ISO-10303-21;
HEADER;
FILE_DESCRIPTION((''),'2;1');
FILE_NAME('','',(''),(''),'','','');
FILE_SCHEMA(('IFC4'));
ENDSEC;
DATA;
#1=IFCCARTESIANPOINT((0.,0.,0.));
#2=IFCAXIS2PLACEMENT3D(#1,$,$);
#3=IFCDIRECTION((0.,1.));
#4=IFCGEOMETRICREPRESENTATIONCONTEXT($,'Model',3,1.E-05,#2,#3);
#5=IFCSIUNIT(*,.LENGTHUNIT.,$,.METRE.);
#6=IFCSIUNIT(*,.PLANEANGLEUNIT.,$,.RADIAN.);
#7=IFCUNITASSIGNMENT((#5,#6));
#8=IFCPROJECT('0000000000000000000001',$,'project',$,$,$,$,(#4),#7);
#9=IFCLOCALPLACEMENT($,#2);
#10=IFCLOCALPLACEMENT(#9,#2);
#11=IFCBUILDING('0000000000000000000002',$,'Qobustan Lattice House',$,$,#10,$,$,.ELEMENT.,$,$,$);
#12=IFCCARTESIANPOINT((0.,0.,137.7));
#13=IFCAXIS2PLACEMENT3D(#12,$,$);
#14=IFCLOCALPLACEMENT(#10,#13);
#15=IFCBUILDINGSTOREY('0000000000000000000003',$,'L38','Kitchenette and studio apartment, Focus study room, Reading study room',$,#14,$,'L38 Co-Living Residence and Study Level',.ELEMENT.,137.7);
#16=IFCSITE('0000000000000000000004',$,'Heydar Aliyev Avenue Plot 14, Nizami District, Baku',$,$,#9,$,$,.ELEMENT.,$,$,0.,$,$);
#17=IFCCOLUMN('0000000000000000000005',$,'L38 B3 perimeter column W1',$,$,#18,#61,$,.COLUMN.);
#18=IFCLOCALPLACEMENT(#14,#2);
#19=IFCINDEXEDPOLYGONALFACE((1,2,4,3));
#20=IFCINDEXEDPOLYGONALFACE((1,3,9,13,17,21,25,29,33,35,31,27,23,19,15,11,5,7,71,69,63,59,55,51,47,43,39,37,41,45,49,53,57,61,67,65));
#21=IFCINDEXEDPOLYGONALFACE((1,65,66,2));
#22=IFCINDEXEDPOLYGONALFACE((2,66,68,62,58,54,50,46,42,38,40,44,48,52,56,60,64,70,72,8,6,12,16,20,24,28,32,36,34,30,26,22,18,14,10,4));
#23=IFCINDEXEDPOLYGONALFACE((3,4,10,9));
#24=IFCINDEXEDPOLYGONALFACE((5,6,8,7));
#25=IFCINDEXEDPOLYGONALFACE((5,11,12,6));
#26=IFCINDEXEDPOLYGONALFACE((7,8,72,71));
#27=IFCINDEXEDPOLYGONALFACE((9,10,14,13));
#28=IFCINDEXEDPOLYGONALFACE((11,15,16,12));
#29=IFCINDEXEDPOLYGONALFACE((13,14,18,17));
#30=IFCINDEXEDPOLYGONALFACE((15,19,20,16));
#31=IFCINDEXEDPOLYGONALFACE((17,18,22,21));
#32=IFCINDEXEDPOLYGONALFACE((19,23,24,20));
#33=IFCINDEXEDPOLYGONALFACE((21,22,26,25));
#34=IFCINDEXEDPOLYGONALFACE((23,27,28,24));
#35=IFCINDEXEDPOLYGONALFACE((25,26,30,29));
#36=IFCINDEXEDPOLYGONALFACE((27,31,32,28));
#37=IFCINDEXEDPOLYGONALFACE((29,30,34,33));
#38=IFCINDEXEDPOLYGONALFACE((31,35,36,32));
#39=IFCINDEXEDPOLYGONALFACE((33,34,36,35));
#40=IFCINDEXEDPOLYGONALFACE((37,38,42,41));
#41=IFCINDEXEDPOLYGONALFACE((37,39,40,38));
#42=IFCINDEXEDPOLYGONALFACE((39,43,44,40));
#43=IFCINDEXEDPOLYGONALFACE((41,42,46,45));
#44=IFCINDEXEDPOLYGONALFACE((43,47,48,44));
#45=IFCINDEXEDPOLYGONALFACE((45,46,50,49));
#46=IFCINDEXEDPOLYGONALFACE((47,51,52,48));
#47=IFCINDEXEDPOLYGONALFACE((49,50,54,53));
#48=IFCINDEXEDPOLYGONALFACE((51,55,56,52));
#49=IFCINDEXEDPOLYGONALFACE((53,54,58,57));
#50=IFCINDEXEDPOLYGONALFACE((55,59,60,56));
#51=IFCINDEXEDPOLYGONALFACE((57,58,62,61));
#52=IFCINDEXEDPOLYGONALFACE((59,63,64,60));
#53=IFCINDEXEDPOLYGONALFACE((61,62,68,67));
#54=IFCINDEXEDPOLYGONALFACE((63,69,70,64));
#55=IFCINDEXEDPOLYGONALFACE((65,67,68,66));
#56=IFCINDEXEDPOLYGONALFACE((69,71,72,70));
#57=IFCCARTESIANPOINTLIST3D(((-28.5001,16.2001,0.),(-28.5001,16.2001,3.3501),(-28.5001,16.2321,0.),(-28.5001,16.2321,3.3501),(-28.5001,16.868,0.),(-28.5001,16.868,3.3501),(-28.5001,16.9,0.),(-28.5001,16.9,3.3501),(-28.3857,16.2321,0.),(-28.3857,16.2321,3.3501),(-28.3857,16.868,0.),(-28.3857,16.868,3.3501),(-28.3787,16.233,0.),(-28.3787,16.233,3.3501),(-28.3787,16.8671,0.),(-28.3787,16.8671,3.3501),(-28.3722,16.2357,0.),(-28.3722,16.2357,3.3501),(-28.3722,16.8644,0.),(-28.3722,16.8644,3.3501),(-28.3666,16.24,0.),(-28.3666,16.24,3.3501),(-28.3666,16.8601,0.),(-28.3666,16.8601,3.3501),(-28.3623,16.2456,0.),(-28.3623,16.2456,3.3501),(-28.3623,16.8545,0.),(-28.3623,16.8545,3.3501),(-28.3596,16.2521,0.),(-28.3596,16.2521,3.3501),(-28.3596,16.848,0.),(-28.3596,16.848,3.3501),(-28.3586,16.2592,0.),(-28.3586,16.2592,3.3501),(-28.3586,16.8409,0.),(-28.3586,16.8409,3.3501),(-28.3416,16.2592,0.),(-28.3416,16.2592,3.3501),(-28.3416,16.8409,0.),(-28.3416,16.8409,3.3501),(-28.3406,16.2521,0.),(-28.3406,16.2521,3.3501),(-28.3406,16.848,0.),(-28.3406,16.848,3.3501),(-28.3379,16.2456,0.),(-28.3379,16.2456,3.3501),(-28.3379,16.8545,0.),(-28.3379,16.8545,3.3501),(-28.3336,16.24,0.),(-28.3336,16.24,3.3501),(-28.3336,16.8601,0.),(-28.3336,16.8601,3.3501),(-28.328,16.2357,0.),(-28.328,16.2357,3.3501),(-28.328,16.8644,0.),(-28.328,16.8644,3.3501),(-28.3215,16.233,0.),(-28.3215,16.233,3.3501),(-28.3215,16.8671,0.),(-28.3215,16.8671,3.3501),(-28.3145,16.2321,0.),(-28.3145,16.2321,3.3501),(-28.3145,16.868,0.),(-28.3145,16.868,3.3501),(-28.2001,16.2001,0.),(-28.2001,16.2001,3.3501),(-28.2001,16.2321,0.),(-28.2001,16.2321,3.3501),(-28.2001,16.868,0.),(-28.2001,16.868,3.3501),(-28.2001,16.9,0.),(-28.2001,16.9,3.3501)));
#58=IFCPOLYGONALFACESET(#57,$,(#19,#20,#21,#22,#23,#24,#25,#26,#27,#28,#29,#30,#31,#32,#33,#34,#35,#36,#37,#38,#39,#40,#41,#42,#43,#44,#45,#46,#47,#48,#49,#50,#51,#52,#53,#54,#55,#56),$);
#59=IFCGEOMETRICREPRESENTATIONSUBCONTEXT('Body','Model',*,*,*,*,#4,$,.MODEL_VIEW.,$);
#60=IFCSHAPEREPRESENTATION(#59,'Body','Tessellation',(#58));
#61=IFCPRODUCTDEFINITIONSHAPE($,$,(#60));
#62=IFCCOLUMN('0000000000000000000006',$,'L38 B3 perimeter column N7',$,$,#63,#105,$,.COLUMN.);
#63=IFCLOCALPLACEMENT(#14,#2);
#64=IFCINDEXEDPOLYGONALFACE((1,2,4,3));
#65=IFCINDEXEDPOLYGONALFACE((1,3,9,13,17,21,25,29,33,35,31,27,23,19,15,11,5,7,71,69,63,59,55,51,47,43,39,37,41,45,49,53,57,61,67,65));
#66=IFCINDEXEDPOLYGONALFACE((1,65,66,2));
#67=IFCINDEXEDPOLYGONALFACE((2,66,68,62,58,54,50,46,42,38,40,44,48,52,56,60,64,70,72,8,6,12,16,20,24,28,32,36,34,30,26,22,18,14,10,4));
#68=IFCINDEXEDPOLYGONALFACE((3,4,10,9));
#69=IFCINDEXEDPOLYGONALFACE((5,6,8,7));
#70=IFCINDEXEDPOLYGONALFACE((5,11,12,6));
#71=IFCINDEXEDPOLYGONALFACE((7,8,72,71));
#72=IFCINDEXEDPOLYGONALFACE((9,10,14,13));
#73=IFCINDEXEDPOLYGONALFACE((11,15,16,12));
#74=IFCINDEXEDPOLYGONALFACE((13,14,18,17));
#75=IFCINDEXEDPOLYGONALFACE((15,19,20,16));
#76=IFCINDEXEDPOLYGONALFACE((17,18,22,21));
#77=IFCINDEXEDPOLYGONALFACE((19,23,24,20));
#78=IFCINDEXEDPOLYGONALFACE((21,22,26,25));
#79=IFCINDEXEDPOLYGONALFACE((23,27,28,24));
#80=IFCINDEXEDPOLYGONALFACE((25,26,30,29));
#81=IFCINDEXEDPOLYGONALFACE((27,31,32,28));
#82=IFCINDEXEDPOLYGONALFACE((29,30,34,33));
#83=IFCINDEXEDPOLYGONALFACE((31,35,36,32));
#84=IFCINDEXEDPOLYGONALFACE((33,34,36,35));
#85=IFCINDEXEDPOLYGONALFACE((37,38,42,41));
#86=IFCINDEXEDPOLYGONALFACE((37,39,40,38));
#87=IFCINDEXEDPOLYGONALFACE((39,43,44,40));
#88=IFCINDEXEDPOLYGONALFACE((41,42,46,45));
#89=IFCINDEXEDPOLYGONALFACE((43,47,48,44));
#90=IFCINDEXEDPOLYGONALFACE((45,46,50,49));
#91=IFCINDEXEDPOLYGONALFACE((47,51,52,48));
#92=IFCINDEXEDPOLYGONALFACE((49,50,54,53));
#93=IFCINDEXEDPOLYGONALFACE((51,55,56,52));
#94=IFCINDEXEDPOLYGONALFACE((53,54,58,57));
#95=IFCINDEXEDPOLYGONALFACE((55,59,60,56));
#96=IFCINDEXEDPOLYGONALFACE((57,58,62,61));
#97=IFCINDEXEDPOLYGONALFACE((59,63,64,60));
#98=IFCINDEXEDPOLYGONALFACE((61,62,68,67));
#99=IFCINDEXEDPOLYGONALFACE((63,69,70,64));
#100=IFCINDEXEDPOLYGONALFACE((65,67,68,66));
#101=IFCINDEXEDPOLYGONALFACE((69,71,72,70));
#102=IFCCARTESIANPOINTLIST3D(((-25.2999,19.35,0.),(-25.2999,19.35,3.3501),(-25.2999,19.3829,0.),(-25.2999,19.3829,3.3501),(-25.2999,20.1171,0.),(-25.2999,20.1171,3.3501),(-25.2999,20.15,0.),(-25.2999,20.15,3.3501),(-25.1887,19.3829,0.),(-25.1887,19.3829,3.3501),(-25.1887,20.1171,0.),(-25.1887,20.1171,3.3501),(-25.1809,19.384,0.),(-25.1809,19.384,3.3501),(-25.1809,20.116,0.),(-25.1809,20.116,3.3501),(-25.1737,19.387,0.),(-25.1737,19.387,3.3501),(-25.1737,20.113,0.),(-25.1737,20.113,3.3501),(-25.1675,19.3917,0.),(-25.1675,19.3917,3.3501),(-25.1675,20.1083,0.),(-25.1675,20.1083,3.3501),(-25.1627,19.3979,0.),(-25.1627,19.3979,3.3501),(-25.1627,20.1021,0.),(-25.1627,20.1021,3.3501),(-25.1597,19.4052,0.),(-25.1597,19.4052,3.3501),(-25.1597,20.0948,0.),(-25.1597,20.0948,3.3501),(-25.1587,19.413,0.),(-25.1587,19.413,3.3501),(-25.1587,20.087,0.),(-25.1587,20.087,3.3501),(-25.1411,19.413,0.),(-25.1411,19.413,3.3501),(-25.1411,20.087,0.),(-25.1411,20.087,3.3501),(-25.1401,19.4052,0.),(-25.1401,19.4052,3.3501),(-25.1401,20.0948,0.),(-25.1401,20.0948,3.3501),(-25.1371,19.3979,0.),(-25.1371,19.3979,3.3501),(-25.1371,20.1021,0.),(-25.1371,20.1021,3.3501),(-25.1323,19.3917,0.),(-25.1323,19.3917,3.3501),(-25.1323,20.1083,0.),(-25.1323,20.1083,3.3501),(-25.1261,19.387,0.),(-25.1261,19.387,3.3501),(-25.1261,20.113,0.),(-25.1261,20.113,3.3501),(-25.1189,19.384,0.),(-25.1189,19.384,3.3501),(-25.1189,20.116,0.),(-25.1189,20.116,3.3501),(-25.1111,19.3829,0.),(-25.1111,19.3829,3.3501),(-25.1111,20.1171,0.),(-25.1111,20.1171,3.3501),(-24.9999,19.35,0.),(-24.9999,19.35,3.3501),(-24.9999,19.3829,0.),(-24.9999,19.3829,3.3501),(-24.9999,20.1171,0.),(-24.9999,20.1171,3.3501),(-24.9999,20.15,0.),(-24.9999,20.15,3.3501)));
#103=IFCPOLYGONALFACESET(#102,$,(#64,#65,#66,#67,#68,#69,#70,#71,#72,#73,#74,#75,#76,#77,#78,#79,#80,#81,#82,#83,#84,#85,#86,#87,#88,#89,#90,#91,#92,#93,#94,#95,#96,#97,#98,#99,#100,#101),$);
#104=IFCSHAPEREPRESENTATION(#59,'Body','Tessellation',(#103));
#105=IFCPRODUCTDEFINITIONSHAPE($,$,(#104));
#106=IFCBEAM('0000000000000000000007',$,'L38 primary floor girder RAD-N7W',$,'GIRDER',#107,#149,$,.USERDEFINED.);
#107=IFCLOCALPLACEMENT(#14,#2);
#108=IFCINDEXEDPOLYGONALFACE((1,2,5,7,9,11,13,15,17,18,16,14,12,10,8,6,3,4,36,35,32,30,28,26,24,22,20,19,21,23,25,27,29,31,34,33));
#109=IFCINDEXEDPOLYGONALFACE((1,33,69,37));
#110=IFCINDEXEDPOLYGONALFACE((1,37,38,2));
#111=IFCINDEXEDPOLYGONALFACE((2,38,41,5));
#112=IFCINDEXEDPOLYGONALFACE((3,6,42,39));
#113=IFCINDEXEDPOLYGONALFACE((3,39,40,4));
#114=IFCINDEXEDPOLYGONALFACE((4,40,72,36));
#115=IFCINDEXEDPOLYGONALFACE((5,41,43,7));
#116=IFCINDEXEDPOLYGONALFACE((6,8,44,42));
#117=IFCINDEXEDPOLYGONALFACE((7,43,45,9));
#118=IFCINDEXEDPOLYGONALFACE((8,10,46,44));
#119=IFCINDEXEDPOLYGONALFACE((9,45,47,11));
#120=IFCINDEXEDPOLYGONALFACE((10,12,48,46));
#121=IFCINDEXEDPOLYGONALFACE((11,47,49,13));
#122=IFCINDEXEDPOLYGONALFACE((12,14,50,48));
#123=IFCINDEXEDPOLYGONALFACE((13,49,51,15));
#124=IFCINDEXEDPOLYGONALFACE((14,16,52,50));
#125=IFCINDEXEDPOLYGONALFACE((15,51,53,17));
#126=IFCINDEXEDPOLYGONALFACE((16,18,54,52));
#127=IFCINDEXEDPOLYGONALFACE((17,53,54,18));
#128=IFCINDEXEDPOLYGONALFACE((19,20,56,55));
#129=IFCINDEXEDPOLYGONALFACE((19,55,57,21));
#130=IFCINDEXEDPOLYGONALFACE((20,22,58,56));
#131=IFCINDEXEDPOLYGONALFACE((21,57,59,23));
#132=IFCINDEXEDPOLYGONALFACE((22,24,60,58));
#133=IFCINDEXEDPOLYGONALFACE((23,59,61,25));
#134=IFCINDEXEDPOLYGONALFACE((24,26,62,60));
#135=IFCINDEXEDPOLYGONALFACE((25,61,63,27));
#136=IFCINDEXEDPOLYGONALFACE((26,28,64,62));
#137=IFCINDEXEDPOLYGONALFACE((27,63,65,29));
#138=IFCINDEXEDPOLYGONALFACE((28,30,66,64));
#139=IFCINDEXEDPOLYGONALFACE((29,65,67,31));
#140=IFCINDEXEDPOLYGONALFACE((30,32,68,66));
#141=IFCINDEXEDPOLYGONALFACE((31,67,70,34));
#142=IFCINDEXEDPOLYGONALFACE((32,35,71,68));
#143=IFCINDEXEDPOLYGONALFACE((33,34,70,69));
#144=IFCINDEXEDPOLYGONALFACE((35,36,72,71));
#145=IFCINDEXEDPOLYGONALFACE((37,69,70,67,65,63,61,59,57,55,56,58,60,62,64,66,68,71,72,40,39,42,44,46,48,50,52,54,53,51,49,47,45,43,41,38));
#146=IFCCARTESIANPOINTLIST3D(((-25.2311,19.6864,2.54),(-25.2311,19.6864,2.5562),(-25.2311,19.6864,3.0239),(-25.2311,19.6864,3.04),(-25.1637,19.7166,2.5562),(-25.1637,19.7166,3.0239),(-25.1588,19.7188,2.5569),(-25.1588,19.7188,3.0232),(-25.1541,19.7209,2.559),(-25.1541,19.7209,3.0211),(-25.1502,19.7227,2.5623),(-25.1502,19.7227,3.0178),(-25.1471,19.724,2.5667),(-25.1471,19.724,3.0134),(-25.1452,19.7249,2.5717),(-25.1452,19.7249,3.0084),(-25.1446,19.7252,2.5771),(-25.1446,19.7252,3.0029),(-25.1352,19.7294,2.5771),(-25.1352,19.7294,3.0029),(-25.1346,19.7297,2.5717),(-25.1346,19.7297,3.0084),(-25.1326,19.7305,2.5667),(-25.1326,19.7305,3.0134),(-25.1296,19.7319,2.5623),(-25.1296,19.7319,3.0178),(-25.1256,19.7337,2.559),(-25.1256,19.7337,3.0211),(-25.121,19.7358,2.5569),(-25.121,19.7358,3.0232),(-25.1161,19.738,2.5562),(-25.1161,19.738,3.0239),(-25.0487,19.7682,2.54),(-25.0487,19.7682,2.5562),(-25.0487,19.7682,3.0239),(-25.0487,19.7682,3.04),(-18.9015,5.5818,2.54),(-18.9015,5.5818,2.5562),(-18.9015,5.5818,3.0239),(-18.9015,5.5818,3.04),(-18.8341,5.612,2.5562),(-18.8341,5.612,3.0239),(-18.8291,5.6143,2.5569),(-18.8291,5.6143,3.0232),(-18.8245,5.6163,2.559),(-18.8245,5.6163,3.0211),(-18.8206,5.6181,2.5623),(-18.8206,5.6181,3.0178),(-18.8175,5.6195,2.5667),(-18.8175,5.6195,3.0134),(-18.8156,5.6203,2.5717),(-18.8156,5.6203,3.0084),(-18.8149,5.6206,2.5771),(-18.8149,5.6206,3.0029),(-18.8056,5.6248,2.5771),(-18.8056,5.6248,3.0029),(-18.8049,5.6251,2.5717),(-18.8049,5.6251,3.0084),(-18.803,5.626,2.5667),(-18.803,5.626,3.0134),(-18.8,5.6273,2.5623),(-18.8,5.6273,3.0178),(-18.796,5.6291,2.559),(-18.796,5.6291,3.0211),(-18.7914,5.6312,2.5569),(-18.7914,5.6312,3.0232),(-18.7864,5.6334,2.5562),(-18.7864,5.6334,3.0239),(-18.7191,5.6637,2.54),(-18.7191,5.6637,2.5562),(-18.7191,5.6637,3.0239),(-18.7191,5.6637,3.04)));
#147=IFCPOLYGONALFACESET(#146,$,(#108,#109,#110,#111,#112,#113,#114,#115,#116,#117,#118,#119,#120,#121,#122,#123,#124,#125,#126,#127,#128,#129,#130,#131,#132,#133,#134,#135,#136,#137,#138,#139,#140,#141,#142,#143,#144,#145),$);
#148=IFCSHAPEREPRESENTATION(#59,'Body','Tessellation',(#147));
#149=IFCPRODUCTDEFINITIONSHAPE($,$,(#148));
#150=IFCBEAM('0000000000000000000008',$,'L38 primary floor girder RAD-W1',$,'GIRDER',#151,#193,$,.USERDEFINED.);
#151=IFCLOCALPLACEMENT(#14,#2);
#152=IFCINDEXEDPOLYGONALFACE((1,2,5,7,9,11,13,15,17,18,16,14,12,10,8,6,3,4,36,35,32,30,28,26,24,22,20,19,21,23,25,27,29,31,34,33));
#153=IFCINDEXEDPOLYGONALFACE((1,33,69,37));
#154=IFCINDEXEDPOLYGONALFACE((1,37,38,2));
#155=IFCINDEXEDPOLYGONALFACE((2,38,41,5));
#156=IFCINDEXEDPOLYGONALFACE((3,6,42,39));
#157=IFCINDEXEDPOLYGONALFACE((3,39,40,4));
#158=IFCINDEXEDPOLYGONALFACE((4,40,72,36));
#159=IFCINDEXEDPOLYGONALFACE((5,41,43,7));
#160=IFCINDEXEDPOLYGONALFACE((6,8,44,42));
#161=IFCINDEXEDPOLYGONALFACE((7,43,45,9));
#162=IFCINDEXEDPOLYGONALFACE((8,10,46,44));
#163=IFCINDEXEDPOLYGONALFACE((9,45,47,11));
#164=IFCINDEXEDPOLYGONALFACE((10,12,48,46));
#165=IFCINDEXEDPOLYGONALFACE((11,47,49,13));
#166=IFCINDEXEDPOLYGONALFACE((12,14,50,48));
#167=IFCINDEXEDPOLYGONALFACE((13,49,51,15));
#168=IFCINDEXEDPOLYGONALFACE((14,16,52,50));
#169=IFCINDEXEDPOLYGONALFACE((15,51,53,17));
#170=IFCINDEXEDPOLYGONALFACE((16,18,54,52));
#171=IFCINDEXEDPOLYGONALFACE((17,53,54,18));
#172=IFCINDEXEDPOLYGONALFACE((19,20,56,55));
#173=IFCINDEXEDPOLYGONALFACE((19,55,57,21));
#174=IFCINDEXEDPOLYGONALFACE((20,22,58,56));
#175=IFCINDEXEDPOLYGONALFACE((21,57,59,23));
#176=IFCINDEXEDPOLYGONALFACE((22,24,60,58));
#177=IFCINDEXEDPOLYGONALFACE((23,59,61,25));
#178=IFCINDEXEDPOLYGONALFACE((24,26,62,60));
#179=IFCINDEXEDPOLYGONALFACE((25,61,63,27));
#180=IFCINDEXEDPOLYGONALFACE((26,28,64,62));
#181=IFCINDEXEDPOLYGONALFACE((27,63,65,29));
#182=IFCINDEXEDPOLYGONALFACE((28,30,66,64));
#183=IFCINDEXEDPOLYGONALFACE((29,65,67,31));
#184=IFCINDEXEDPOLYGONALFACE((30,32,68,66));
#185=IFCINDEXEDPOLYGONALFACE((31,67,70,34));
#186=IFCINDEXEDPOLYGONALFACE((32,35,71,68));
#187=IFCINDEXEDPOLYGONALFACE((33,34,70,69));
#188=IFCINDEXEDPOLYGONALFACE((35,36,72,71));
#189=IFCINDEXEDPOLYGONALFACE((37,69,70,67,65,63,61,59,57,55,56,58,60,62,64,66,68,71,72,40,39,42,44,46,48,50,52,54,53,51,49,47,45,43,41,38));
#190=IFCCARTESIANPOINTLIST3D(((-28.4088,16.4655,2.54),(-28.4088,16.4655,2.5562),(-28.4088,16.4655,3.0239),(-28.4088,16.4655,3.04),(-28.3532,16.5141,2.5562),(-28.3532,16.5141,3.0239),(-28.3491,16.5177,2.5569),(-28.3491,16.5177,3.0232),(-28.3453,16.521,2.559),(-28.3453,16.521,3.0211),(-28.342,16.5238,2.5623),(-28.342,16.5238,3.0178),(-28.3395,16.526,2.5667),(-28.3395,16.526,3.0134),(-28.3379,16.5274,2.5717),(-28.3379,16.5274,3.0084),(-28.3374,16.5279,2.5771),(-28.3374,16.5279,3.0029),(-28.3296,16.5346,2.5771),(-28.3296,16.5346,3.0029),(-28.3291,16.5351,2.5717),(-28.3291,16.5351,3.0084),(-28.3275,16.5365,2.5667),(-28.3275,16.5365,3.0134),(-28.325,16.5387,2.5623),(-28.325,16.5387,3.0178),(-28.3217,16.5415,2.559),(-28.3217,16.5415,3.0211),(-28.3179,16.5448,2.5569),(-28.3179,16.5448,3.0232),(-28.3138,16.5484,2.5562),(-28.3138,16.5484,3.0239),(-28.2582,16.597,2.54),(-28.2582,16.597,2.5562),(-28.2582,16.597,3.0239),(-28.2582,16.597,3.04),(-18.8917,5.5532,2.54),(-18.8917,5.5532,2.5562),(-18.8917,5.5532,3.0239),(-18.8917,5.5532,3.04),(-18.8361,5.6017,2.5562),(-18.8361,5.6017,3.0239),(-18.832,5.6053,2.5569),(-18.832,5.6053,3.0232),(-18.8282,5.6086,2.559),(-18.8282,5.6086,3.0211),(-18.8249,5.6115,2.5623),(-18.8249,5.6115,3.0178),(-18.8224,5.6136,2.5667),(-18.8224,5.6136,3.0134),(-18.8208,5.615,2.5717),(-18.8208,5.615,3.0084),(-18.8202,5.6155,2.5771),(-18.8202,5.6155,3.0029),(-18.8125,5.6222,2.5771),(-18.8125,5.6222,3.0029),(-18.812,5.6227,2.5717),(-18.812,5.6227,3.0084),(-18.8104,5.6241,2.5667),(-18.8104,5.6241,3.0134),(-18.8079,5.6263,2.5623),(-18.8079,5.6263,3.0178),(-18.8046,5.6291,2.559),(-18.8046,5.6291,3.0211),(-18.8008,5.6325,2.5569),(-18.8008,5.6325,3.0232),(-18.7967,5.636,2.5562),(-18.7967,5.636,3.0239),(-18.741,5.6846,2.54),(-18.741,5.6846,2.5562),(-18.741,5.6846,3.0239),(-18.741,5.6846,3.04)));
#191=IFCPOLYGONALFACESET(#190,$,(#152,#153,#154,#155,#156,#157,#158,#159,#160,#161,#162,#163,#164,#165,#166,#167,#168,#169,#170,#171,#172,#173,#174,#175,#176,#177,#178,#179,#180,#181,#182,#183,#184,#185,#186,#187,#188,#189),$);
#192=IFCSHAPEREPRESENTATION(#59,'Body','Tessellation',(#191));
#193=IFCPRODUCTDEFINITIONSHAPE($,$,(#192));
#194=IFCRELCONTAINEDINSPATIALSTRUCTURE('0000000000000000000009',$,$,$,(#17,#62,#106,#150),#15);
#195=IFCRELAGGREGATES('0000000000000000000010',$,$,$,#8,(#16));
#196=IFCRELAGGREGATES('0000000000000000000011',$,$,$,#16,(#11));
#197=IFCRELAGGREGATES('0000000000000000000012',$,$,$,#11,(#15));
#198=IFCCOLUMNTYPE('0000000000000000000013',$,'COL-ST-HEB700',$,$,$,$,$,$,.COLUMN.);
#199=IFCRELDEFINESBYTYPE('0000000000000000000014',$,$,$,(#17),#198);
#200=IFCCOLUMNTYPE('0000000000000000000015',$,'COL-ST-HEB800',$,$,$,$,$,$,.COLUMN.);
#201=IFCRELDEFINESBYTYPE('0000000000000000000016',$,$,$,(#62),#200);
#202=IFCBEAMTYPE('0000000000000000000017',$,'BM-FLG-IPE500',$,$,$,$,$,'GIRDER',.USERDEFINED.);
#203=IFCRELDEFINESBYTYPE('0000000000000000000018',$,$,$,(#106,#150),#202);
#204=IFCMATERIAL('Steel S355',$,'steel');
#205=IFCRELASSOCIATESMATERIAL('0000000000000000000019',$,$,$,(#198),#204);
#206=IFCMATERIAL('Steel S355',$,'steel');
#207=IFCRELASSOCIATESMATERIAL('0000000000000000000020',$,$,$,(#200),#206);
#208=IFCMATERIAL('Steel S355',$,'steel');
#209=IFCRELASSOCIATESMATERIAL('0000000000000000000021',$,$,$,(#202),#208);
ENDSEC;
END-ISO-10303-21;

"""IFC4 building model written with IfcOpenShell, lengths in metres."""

from ifc_helpers import new_model, si_unit, direction, frame, origin, origin_2d, place, context, subcontext, project, spatial, i_section, extrude, material, material_profile, profile_set, type_object, element, save


model = new_model("IFC4")

# Units and contexts
model_context = context("Model", 3, precision=1e-05, world=origin(), true_north=direction((0.0, 1.0)))
body_context = subcontext(model_context, "Body", "Model", "MODEL_VIEW")
ifc_project = project(units=[si_unit("LENGTHUNIT", "METRE"), si_unit("PLANEANGLEUNIT", "RADIAN")], contexts=[model_context])

# Site, building, storey
site_placement = place(None, origin())
site = spatial("IfcSite", under=ifc_project, at=site_placement, Name="Heydar Aliyev Avenue Plot 14, Nizami District, Baku", CompositionType="ELEMENT", RefElevation=0.0)
building_placement = place(site_placement, origin())
building = spatial("IfcBuilding", under=site, at=building_placement, Name="Qobustan Lattice House", CompositionType="ELEMENT")
storey_placement = place(building_placement, frame((0.0, 0.0, 137.7)))
storey = spatial("IfcBuildingStorey", under=building, at=storey_placement, Name="L38", Description="Kitchenette and studio apartment, Focus study room, Reading study room", LongName="L38 Co-Living Residence and Study Level", CompositionType="ELEMENT", Elevation=137.7)

# Columns
ifc_material_1 = material(Name="Steel S355", Category="steel")
ifc_material_profile_1 = material_profile(ifc_material_1, i_section(OverallWidth=0.3, OverallDepth=0.7, WebThickness=0.0171, FlangeThickness=0.032, FilletRadius=0.0271, at=origin_2d()), Name="HEB700")
ifc_profile_set_1 = profile_set([ifc_material_profile_1], Name="Steel S355")
column_type_1 = type_object("IfcColumnType", Name="COL-ST-HEB700", PredefinedType="COLUMN", material=ifc_profile_set_1)
column_1_placement = place(storey_placement, frame((-28.3501, 16.55, 0.0), z_axis=(0.0, 0.0, 1.0), x_axis=(1.0, 0.0, 0.0)))
element("IfcColumn", 1, at=column_1_placement, inside=storey, type_object=column_type_1, Name="L38 B3 perimeter column W1", PredefinedType="COLUMN", context=body_context, shape_type="SweptSolid", body=[
    extrude(i_section(OverallWidth=0.3, OverallDepth=0.7, WebThickness=0.0171, FlangeThickness=0.032, FilletRadius=0.0271, at=origin_2d()), origin(), (0.0, 0.0, 1.0), 3.3501),
])
ifc_material_2 = material(Name="Steel S355", Category="steel")
ifc_material_profile_2 = material_profile(ifc_material_2, i_section(OverallWidth=0.3, OverallDepth=0.8, WebThickness=0.0176, FlangeThickness=0.033, FilletRadius=0.03, at=origin_2d()), Name="HEB800")
ifc_profile_set_2 = profile_set([ifc_material_profile_2], Name="Steel S355")
column_type_2 = type_object("IfcColumnType", Name="COL-ST-HEB800", PredefinedType="COLUMN", material=ifc_profile_set_2)
column_2_placement = place(storey_placement, frame((-25.1499, 19.75, 0.0), z_axis=(0.0, 0.0, 1.0), x_axis=(1.0, 0.0, 0.0)))
element("IfcColumn", 2, at=column_2_placement, inside=storey, type_object=column_type_2, Name="L38 B3 perimeter column N7", PredefinedType="COLUMN", context=body_context, shape_type="SweptSolid", body=[
    extrude(i_section(OverallWidth=0.3, OverallDepth=0.8, WebThickness=0.0176, FlangeThickness=0.033, FilletRadius=0.03, at=origin_2d()), origin(), (0.0, 0.0, 1.0), 3.3501),
])

# Beams
ifc_material_3 = material(Name="Steel S355", Category="steel")
ifc_material_profile_3 = material_profile(ifc_material_3, i_section(OverallWidth=0.2, OverallDepth=0.5, WebThickness=0.0103, FlangeThickness=0.0161, FilletRadius=0.021, at=origin_2d()), Name="IPE500")
ifc_profile_set_3 = profile_set([ifc_material_profile_3], Name="Steel S355")
beam_type_1 = type_object("IfcBeamType", Name="BM-FLG-IPE500", ElementType="GIRDER", PredefinedType="USERDEFINED", material=ifc_profile_set_3)
beam_1_placement = place(storey_placement, frame((-25.1399, 19.7273, 2.79), z_axis=(0.409427, -0.912343, 0.0), x_axis=(0.912343, 0.409427, 0.0)))
element("IfcBeam", 3, at=beam_1_placement, inside=storey, type_object=beam_type_1, Name="L38 primary floor girder RAD-N7W", ObjectType="GIRDER", PredefinedType="USERDEFINED", context=body_context, shape_type="SweptSolid", body=[
    extrude(i_section(OverallWidth=0.2, OverallDepth=0.5, WebThickness=0.0103, FlangeThickness=0.0161, FilletRadius=0.021, at=origin_2d()), origin(), (0.0, 0.0, 1.0), 15.4597),
])
beam_2_placement = place(storey_placement, frame((-28.3335, 16.5312, 2.79), z_axis=(0.657283, -0.753644, 0.0), x_axis=(0.753644, 0.657283, 0.0)))
element("IfcBeam", 4, at=beam_2_placement, inside=storey, type_object=beam_type_1, Name="L38 primary floor girder RAD-W1", ObjectType="GIRDER", PredefinedType="USERDEFINED", context=body_context, shape_type="SweptSolid", body=[
    extrude(i_section(OverallWidth=0.2, OverallDepth=0.5, WebThickness=0.0103, FlangeThickness=0.0161, FilletRadius=0.021, at=origin_2d()), origin(), (0.0, 0.0, 1.0), 14.4795),
])

save(model, "model.ifc")
